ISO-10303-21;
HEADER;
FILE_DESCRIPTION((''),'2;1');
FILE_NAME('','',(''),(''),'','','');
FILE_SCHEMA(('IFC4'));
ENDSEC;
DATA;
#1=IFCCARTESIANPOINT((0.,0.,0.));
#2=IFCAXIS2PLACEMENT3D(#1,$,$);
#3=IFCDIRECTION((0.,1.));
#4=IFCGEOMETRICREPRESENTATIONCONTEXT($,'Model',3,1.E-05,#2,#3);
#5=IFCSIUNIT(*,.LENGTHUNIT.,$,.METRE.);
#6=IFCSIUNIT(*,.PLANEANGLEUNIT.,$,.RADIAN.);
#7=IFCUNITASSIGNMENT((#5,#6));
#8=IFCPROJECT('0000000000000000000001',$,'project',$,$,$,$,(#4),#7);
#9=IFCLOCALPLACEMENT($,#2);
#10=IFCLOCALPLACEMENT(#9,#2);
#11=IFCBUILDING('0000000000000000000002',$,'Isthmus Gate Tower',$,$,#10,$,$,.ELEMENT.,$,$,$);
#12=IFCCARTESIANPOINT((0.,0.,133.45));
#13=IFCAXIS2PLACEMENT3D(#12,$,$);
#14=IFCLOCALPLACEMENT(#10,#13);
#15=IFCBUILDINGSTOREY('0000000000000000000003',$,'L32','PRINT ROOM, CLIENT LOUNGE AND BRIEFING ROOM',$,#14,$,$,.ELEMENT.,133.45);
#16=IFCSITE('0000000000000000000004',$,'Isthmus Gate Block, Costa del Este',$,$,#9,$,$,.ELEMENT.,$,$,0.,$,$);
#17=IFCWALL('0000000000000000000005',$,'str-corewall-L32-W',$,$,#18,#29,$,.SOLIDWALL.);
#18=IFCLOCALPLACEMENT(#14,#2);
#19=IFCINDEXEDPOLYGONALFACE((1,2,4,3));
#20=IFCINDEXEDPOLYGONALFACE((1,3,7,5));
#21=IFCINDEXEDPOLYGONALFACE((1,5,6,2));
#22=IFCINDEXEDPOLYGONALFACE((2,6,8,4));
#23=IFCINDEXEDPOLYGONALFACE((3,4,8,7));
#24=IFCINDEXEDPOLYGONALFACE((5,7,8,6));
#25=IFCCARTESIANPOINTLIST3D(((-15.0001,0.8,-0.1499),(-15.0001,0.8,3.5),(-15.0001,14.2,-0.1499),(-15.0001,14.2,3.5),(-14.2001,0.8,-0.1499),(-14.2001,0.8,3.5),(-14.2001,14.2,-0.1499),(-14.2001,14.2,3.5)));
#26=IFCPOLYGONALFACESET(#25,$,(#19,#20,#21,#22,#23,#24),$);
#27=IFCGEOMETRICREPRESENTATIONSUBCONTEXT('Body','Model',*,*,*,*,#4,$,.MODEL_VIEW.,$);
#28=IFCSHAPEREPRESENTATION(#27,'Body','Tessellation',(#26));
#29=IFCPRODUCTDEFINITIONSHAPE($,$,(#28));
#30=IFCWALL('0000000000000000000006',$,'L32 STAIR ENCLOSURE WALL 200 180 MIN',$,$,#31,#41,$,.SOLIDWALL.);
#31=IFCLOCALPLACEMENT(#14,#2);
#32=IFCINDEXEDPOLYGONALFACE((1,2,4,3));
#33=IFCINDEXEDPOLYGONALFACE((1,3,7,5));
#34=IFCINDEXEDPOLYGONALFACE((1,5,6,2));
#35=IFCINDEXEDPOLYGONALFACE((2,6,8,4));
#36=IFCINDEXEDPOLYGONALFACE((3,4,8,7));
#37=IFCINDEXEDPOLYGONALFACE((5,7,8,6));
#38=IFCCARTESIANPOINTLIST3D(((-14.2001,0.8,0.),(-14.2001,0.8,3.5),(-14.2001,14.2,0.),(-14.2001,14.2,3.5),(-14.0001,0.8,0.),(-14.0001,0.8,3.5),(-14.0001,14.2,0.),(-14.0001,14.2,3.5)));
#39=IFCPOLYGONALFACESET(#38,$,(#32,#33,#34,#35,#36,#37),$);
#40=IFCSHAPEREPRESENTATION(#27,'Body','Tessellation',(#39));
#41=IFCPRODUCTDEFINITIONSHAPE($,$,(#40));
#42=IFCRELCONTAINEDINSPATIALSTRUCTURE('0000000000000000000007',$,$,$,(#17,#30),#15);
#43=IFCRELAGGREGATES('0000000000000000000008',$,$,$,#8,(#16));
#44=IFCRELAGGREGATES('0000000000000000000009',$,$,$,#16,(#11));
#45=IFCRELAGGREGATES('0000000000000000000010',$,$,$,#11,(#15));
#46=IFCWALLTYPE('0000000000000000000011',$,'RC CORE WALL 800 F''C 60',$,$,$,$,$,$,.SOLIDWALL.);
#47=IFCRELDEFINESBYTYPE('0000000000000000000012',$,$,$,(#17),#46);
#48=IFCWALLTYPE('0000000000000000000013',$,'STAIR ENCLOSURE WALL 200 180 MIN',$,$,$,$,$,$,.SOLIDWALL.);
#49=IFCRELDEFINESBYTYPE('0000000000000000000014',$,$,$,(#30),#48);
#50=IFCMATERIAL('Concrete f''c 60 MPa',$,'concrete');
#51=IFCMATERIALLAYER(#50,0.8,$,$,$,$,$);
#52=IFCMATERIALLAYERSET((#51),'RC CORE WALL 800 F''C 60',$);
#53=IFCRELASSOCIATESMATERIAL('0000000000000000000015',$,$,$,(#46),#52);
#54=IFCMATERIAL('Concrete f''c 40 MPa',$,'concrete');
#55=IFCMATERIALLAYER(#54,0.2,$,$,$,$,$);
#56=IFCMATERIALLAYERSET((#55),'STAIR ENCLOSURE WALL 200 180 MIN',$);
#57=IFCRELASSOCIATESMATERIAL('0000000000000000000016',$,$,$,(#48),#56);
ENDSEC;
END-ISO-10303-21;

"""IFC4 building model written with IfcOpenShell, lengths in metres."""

from ifc_helpers import new_model, si_unit, direction, frame, frame_2d, origin, place, context, subcontext, project, spatial, rectangle, extrude, material, layer, layer_set, type_object, element, save


model = new_model("IFC4")

# Units and contexts
model_context = context("Model", 3, precision=1e-05, world=origin(), true_north=direction((0.0, 1.0)))
body_context = subcontext(model_context, "Body", "Model", "MODEL_VIEW")
ifc_project = project(units=[si_unit("LENGTHUNIT", "METRE"), si_unit("PLANEANGLEUNIT", "RADIAN")], contexts=[model_context])

# Site, building, storey
site_placement = place(None, origin())
site = spatial("IfcSite", under=ifc_project, at=site_placement, Name="Isthmus Gate Block, Costa del Este", CompositionType="ELEMENT", RefElevation=0.0)
building_placement = place(site_placement, origin())
building = spatial("IfcBuilding", under=site, at=building_placement, Name="Isthmus Gate Tower", CompositionType="ELEMENT")
storey_placement = place(building_placement, frame((0.0, 0.0, 133.45)))
storey = spatial("IfcBuildingStorey", under=building, at=storey_placement, Name="L32", Description="PRINT ROOM, CLIENT LOUNGE AND BRIEFING ROOM", CompositionType="ELEMENT", Elevation=133.45)

# Shared definitions
ifc_material_1 = material(Name="Concrete f'c 60 MPa", Category="concrete")
ifc_layer_1 = layer(ifc_material_1, 0.8)
ifc_layer_set_1 = layer_set([ifc_layer_1], Name="RC CORE WALL 800 F'C 60")
wall_type_1 = type_object("IfcWallType", Name="RC CORE WALL 800 F'C 60", PredefinedType="SOLIDWALL", material=ifc_layer_set_1)

# Walls
wall_1_placement = place(storey_placement, frame((-14.6001, 0.8, -0.1499), z_axis=(0.0, 0.0, 1.0), x_axis=(0.0, 1.0, 0.0)))
element("IfcWall", 1, at=wall_1_placement, inside=storey, type_object=wall_type_1, Name="str-corewall-L32-W", PredefinedType="SOLIDWALL", context=body_context, shape_type="SweptSolid", body=[
    extrude(rectangle(XDim=13.3999, YDim=0.8, at=frame_2d((6.7, 0.0))), origin(), (0.0, 0.0, 1.0), 3.6499),
])
ifc_material_2 = material(Name="Concrete f'c 40 MPa", Category="concrete")
ifc_layer_2 = layer(ifc_material_2, 0.2)
ifc_layer_set_2 = layer_set([ifc_layer_2], Name="STAIR ENCLOSURE WALL 200 180 MIN")
wall_type_2 = type_object("IfcWallType", Name="STAIR ENCLOSURE WALL 200 180 MIN", PredefinedType="SOLIDWALL", material=ifc_layer_set_2)
wall_2_placement = place(storey_placement, frame((-14.1001, 0.8, 0.0), z_axis=(0.0, 0.0, 1.0), x_axis=(0.0, 1.0, 0.0)))
element("IfcWall", 2, at=wall_2_placement, inside=storey, type_object=wall_type_2, Name="L32 STAIR ENCLOSURE WALL 200 180 MIN", PredefinedType="SOLIDWALL", context=body_context, shape_type="SweptSolid", body=[
    extrude(rectangle(XDim=13.3999, YDim=0.2, at=frame_2d((6.7, 0.0))), origin(), (0.0, 0.0, 1.0), 3.5),
])

save(model, "model.ifc")
